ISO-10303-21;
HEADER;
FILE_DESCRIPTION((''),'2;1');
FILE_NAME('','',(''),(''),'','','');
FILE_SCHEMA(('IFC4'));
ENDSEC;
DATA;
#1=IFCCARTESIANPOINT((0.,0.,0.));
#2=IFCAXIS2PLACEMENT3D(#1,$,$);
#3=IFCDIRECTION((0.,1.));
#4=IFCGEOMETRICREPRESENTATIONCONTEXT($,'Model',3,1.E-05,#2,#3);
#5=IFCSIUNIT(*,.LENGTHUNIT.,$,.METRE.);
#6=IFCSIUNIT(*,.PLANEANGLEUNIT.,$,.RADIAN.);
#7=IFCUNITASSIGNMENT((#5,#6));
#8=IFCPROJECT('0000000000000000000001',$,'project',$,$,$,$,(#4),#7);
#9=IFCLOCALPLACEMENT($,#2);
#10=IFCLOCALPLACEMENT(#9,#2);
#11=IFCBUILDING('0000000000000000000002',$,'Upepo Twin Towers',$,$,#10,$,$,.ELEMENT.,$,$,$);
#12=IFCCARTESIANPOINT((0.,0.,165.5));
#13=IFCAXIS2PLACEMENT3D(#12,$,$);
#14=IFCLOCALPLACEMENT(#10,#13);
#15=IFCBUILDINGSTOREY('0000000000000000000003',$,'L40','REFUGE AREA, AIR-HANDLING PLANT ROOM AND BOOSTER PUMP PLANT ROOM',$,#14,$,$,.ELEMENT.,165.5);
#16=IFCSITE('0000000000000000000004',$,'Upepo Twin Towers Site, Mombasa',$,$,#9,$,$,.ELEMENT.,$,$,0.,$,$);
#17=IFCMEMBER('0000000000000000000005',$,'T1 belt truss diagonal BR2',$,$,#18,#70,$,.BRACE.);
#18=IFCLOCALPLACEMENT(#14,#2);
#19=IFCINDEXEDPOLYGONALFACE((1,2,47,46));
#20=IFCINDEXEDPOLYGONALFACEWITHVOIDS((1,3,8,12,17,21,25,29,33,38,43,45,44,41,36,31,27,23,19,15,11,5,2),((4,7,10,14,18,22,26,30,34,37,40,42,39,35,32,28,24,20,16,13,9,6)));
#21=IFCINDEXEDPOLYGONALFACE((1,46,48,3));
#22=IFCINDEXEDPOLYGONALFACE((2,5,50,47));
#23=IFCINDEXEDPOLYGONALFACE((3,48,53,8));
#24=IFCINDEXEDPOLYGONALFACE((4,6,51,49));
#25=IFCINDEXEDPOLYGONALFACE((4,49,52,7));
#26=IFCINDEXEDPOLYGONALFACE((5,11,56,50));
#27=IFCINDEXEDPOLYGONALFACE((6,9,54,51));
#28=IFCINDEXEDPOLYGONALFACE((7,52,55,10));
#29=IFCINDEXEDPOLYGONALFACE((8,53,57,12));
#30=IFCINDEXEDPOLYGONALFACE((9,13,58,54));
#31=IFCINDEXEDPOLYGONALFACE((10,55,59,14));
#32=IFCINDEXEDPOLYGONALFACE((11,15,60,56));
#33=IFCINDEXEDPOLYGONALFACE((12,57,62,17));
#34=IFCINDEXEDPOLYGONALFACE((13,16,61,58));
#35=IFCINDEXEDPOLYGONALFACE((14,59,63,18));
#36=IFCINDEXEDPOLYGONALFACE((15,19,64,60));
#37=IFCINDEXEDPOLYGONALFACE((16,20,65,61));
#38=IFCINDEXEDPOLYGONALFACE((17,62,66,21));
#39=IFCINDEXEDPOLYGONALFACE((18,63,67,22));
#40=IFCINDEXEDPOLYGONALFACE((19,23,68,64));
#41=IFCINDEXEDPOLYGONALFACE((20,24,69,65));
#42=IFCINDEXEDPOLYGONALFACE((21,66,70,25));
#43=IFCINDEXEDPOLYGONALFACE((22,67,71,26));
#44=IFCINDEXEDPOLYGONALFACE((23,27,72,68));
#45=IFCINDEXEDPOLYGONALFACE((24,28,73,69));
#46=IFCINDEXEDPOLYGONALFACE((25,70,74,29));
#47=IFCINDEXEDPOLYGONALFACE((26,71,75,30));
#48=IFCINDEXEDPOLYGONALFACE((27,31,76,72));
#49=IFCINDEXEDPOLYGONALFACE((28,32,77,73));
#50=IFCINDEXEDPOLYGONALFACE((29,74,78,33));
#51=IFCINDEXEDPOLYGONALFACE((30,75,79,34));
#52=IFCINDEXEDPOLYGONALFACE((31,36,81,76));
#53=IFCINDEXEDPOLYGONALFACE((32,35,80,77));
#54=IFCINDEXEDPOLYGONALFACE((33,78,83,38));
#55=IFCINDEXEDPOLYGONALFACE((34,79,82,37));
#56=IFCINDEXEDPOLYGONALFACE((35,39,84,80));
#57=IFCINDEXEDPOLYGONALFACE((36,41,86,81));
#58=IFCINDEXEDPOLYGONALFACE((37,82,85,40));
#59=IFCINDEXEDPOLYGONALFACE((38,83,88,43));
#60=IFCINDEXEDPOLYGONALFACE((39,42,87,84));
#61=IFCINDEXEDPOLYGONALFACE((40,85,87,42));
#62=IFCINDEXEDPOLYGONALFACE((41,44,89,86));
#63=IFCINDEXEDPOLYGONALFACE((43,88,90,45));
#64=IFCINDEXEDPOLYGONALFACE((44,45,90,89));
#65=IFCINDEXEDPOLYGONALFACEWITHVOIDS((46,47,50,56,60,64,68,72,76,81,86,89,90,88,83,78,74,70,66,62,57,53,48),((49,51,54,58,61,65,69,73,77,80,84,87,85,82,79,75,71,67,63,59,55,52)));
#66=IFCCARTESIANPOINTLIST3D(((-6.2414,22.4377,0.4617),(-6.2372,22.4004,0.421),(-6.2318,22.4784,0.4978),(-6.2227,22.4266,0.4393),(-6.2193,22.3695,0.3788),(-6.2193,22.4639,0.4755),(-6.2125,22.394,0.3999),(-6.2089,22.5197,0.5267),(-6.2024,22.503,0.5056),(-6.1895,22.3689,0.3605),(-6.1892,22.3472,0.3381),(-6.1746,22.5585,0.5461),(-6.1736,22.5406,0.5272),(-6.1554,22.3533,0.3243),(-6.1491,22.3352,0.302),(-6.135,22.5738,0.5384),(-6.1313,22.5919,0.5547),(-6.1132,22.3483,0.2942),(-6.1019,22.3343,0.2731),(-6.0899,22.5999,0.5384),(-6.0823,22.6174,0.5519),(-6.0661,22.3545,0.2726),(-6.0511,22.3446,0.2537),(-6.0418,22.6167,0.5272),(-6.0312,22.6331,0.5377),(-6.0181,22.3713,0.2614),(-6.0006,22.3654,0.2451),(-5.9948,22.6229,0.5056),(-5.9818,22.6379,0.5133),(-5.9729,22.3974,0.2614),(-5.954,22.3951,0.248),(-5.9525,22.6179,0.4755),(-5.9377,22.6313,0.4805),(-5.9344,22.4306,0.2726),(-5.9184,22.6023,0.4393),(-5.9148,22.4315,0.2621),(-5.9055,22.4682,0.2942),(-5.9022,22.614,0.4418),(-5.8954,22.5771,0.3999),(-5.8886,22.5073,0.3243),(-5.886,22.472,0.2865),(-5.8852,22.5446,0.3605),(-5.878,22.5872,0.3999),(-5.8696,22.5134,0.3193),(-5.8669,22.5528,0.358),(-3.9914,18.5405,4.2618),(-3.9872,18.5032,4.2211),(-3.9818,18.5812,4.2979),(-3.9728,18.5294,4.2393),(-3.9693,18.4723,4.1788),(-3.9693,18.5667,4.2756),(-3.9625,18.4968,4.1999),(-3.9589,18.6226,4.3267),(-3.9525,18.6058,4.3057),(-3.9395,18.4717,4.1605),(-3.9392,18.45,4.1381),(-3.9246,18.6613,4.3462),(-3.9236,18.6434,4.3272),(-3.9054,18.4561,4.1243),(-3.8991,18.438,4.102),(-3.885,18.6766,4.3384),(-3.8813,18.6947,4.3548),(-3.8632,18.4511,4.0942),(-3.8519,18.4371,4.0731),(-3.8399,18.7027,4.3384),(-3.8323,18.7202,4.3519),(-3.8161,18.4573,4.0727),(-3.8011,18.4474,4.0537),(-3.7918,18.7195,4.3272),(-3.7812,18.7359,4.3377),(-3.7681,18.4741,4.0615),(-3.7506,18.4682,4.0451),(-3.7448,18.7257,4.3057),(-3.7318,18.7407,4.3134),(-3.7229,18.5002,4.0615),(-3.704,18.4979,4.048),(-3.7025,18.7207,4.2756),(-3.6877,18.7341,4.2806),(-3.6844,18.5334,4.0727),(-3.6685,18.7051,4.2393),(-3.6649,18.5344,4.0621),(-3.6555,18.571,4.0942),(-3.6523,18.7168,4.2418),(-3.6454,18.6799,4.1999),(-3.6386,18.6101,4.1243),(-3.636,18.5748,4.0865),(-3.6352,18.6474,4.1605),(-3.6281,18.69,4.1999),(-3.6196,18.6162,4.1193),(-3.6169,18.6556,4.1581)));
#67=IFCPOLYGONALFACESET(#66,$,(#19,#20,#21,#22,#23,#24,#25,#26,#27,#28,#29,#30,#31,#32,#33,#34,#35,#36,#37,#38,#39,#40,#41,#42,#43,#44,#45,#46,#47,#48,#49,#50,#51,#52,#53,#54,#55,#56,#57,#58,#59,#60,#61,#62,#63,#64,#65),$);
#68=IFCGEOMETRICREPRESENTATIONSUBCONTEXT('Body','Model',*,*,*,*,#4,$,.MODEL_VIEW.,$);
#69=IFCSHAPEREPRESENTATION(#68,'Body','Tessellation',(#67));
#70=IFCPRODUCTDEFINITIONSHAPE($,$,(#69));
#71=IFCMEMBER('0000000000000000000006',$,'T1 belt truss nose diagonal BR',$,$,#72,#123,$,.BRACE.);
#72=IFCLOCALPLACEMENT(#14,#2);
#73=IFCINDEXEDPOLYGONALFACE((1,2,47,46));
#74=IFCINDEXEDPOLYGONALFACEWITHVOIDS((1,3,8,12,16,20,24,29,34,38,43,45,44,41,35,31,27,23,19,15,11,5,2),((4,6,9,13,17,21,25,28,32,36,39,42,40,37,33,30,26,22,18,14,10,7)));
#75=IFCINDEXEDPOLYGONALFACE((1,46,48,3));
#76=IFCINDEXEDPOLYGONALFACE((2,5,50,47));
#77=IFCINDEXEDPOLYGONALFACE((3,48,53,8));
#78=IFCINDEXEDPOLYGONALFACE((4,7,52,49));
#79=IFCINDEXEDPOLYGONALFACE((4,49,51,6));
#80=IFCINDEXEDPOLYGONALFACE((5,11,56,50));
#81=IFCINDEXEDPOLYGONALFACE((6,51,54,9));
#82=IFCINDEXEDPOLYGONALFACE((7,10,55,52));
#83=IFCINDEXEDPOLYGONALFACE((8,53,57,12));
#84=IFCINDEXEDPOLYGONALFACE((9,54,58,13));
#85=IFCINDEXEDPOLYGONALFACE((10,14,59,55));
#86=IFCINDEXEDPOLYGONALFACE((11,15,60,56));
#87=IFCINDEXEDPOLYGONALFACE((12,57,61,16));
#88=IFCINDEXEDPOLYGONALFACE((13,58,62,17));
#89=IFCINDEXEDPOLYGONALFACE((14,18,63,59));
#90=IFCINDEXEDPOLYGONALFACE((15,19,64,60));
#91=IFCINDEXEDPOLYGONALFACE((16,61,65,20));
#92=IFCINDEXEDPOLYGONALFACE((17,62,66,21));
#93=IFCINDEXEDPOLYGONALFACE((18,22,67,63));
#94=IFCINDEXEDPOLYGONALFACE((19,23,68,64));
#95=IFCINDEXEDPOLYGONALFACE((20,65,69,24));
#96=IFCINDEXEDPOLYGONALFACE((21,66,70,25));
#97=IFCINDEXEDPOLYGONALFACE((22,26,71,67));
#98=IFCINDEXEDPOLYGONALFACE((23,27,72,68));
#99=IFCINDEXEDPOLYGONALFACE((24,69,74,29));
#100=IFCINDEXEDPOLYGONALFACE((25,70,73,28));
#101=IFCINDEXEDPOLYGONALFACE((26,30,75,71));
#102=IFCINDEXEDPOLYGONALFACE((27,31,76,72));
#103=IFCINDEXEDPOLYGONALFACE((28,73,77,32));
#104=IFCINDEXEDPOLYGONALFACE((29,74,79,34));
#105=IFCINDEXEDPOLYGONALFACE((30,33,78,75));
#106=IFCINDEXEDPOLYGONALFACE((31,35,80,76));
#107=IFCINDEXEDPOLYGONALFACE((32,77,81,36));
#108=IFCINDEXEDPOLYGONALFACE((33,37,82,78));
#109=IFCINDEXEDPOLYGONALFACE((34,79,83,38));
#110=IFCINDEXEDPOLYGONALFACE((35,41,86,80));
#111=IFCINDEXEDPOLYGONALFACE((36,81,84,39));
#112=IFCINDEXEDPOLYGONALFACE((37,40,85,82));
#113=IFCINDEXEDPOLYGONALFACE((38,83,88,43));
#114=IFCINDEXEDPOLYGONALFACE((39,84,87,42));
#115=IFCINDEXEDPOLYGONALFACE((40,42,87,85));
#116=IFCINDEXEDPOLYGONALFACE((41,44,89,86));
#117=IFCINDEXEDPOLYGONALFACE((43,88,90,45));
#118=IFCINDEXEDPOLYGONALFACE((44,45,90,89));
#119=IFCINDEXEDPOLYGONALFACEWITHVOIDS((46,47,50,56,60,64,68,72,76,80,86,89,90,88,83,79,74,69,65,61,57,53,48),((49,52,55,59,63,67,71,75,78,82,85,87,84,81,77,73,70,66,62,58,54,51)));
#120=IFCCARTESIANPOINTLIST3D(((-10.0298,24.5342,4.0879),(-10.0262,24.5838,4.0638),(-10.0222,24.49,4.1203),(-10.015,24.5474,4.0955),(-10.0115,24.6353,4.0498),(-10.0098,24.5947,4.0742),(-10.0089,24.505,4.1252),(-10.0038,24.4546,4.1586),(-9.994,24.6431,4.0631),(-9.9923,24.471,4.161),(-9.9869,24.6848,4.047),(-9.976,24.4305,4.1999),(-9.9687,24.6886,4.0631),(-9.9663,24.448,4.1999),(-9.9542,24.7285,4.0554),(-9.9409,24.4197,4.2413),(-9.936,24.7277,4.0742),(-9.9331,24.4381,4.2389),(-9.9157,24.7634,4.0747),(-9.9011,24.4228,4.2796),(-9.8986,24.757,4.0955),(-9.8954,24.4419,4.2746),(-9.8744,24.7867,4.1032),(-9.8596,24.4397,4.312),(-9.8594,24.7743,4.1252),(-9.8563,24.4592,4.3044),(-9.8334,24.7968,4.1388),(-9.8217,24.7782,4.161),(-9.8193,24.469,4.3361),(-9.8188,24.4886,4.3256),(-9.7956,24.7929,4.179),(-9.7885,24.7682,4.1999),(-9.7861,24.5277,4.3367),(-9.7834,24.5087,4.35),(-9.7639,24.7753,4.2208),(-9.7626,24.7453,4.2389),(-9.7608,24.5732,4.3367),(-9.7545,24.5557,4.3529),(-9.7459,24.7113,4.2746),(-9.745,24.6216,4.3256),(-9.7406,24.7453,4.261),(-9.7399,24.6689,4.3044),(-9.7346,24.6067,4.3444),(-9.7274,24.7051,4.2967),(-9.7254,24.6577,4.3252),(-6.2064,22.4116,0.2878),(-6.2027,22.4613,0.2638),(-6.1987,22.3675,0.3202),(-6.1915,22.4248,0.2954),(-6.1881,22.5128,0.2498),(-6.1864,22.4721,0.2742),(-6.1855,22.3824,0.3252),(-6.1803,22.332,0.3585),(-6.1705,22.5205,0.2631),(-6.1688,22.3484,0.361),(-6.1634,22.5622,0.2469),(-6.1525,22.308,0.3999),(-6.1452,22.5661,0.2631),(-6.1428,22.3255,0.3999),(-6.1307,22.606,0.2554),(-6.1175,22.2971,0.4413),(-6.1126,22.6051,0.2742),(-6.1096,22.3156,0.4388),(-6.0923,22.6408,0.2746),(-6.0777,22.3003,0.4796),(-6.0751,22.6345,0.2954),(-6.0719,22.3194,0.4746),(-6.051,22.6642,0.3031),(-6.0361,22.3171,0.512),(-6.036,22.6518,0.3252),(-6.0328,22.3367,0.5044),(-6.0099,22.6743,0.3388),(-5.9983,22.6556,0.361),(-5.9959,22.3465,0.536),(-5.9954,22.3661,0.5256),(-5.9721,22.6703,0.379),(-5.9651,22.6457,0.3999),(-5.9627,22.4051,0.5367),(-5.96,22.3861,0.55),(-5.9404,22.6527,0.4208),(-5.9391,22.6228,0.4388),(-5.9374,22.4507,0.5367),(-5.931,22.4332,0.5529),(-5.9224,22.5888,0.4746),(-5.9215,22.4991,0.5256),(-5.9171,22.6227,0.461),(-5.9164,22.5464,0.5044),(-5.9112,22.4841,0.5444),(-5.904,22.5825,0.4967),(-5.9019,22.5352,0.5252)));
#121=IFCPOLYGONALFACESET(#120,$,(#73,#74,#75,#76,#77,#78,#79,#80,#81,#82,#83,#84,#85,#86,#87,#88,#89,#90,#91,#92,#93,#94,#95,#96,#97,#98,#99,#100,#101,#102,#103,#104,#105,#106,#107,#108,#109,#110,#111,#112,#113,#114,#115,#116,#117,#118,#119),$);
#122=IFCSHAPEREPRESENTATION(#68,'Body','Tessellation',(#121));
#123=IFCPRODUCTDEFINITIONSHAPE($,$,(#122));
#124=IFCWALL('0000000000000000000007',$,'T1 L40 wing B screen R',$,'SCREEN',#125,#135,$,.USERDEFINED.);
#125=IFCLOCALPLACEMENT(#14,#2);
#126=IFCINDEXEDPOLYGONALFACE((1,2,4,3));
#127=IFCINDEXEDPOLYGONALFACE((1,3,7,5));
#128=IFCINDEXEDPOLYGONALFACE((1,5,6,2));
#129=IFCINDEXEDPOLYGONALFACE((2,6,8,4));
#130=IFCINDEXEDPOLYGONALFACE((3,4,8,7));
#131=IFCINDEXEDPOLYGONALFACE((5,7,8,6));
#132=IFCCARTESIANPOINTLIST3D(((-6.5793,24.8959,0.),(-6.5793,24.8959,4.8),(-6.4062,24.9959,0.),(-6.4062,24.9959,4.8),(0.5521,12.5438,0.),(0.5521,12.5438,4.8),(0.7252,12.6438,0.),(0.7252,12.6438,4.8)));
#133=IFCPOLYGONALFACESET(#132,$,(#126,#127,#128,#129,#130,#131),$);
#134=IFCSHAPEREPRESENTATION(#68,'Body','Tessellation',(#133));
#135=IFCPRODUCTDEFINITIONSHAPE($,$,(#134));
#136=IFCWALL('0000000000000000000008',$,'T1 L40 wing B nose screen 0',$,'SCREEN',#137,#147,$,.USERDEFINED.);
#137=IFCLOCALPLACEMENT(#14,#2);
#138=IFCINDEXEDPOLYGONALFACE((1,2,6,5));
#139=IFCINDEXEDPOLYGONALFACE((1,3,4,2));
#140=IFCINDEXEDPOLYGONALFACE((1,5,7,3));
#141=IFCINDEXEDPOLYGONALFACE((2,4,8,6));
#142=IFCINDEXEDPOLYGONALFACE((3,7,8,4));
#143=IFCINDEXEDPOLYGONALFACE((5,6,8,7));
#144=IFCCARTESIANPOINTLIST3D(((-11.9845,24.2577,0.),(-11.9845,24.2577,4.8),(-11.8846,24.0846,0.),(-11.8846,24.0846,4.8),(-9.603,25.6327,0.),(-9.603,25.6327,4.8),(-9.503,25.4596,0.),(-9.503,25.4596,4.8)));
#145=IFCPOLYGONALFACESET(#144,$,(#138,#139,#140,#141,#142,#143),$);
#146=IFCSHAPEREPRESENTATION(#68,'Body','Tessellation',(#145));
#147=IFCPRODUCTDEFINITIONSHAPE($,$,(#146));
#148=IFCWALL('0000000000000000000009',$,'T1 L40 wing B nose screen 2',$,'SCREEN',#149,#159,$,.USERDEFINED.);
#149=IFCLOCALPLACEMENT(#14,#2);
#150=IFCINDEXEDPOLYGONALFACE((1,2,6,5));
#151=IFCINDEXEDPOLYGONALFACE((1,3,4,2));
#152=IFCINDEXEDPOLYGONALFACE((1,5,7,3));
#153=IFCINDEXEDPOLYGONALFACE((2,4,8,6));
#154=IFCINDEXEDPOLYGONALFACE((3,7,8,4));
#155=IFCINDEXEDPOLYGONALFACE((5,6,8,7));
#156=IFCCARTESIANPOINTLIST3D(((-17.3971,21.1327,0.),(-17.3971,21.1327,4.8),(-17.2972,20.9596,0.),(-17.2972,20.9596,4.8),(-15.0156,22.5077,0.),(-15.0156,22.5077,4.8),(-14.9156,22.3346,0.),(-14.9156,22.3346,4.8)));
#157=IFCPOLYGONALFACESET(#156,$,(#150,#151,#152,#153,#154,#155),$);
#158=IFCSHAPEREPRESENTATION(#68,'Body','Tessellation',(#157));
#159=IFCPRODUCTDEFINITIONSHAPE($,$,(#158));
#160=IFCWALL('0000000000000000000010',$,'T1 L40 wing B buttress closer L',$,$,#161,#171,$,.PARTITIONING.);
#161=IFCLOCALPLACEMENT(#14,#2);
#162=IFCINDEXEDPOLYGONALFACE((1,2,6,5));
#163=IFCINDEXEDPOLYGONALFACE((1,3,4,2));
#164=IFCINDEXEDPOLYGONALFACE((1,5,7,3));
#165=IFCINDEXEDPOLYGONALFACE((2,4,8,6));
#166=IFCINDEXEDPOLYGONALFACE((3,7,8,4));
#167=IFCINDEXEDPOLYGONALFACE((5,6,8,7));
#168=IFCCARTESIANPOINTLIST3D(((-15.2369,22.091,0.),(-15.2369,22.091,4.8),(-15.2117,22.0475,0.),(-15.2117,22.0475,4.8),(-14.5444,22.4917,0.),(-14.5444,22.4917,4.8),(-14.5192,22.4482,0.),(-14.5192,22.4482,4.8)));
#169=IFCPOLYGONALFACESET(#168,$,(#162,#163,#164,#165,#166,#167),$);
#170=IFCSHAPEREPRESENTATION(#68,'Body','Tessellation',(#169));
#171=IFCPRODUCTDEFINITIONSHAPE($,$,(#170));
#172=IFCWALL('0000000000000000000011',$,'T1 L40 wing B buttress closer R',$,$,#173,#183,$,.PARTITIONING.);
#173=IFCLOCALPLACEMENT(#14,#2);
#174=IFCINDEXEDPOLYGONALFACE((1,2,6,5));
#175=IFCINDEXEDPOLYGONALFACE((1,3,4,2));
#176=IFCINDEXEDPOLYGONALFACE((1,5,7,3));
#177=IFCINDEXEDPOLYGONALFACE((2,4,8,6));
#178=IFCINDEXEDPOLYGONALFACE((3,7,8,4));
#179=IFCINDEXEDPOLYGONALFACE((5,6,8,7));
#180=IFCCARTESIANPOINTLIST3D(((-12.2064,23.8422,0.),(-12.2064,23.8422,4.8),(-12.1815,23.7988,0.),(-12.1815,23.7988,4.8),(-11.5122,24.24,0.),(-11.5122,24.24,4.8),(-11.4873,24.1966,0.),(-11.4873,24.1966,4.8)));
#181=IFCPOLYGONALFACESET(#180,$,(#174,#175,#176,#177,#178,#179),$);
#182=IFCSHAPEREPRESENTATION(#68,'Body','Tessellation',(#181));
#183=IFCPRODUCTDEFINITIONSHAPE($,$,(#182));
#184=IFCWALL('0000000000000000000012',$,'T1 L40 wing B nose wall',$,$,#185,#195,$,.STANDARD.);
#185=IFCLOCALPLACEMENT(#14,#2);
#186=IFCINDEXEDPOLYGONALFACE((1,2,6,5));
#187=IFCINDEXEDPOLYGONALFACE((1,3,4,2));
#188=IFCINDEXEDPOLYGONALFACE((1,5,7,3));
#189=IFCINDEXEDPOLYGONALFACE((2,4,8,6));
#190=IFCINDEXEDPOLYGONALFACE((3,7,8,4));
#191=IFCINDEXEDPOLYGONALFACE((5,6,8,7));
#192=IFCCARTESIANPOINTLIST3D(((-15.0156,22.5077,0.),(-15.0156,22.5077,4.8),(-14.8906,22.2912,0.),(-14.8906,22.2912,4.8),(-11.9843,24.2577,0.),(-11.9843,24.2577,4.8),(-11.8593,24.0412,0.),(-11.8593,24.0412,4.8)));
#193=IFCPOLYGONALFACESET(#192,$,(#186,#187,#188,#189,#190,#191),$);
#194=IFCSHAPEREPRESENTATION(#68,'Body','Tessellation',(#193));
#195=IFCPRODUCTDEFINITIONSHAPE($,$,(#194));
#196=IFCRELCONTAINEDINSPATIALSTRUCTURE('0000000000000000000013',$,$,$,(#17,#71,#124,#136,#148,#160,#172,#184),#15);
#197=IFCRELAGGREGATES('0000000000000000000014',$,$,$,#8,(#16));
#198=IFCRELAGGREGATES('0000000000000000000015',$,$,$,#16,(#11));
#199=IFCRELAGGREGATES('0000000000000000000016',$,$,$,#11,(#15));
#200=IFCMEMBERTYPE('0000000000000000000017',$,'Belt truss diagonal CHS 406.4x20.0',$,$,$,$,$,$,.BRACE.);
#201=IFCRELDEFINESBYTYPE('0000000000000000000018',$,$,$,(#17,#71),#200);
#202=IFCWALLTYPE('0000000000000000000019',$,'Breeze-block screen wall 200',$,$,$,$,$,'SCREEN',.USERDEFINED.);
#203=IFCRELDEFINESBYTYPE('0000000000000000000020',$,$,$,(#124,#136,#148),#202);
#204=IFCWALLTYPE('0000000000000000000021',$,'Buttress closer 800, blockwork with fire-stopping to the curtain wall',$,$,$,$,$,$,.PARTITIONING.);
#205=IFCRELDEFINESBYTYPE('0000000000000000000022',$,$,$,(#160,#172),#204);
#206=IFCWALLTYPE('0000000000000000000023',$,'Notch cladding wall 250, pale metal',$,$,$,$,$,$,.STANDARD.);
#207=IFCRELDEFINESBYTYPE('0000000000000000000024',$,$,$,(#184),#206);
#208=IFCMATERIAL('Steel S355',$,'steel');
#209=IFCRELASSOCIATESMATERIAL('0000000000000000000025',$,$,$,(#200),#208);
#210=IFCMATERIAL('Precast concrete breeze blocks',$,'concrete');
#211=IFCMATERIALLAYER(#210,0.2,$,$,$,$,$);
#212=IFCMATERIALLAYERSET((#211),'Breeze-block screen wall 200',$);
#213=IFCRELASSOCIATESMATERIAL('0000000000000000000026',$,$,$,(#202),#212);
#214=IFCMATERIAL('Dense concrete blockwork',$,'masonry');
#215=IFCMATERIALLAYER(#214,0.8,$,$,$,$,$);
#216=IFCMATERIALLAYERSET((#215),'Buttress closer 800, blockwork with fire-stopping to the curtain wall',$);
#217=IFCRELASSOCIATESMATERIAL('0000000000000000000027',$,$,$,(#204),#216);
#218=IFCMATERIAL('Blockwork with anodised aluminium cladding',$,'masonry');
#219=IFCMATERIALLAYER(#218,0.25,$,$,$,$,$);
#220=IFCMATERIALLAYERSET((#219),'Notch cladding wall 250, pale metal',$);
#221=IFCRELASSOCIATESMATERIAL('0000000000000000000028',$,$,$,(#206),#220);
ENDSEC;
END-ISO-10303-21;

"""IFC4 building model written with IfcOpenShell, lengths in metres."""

from ifc_helpers import new_model, si_unit, direction, frame, frame_2d, origin, origin_2d, place, context, subcontext, project, spatial, rectangle, hollow_circle, extrude, material, layer, layer_set, material_profile, profile_set, type_object, element, save


model = new_model("IFC4")

# Units and contexts
model_context = context("Model", 3, precision=1e-05, world=origin(), true_north=direction((0.0, 1.0)))
body_context = subcontext(model_context, "Body", "Model", "MODEL_VIEW")
ifc_project = project(units=[si_unit("LENGTHUNIT", "METRE"), si_unit("PLANEANGLEUNIT", "RADIAN")], contexts=[model_context])

# Site, building, storey
site_placement = place(None, origin())
site = spatial("IfcSite", under=ifc_project, at=site_placement, Name="Upepo Twin Towers Site, Mombasa", CompositionType="ELEMENT", RefElevation=0.0)
building_placement = place(site_placement, origin())
building = spatial("IfcBuilding", under=site, at=building_placement, Name="Upepo Twin Towers", CompositionType="ELEMENT")
storey_placement = place(building_placement, frame((0.0, 0.0, 165.5)))
storey = spatial("IfcBuildingStorey", under=building, at=storey_placement, Name="L40", Description="REFUGE AREA, AIR-HANDLING PLANT ROOM AND BOOSTER PUMP PLANT ROOM", CompositionType="ELEMENT", Elevation=165.5)

# Members
ifc_material_1 = material(Name="Steel S355", Category="steel")
ifc_material_profile_1 = material_profile(ifc_material_1, hollow_circle(Radius=0.2031, WallThickness=0.02, at=origin_2d()), Name="CHS 406.4x20.0")
ifc_profile_set_1 = profile_set([ifc_material_profile_1], Name="Steel S355")
member_type = type_object("IfcMemberType", Name="Belt truss diagonal CHS 406.4x20.0", PredefinedType="BRACE", material=ifc_profile_set_1)
member_1_placement = place(storey_placement, frame((-6.054, 22.4856, 0.3999), z_axis=(0.382009, -0.661676, 0.645178), x_axis=(0.866031, 0.49999, 0.0)))
element("IfcMember", 1, at=member_1_placement, inside=storey, type_object=member_type, Name="T1 belt truss diagonal BR2", PredefinedType="BRACE", context=body_context, shape_type="SweptSolid", body=[
    extrude(hollow_circle(Radius=0.2031, WallThickness=0.02, at=origin_2d()), origin(), (0.0, 0.0, 1.0), 5.8899),
])
member_2_placement = place(storey_placement, frame((-6.054, 22.4856, 0.3999), z_axis=(-0.659961, 0.366369, 0.655916), x_axis=(-0.485363, -0.874313, 0.0)))
element("IfcMember", 2, at=member_2_placement, inside=storey, type_object=member_type, Name="T1 belt truss nose diagonal BR", PredefinedType="BRACE", context=body_context, shape_type="SweptSolid", body=[
    extrude(hollow_circle(Radius=0.2031, WallThickness=0.02, at=origin_2d()), origin(), (0.0, 0.0, 1.0), 5.7935),
])

# Walls
ifc_material_2 = material(Name="Precast concrete breeze blocks", Category="concrete")
ifc_layer_1 = layer(ifc_material_2, 0.2)
ifc_layer_set_1 = layer_set([ifc_layer_1], Name="Breeze-block screen wall 200")
wall_type_1 = type_object("IfcWallType", Name="Breeze-block screen wall 200", ElementType="SCREEN", PredefinedType="USERDEFINED", material=ifc_layer_set_1)
wall_1_placement = place(storey_placement, frame((-6.4927, 24.9458, 0.0), z_axis=(0.0, 0.0, 1.0), x_axis=(0.499994, -0.866029, 0.0)))
element("IfcWall", 3, at=wall_1_placement, inside=storey, type_object=wall_type_1, Name="T1 L40 wing B screen R", ObjectType="SCREEN", PredefinedType="USERDEFINED", context=body_context, shape_type="SweptSolid", body=[
    extrude(rectangle(XDim=14.2629, YDim=0.2, at=frame_2d((7.1313, 0.0))), origin(), (0.0, 0.0, 1.0), 4.8),
])
for number, where, z_axis, x_axis, name in (
    (4, (-9.553, 25.5461, 0.0), (0.0, 0.0, 1.0), (-0.866027, -0.499997, 0.0), "T1 L40 wing B nose screen 0"),
    (5, (-14.9656, 22.4211, 0.0), (0.0, 0.0, 1.0), (-0.866027, -0.499997, 0.0), "T1 L40 wing B nose screen 2"),
):
    element("IfcWall", number, at=place(storey_placement, frame(where, z_axis=z_axis, x_axis=x_axis)), inside=storey, type_object=wall_type_1, Name=name, ObjectType="SCREEN", PredefinedType="USERDEFINED", context=body_context, shape_type="SweptSolid", body=[
        extrude(rectangle(XDim=2.75, YDim=0.2, at=frame_2d((1.375, 0.0))), origin(), (0.0, 0.0, 1.0), 4.8),
    ])
ifc_material_3 = material(Name="Dense concrete blockwork", Category="masonry")
ifc_layer_2 = layer(ifc_material_3, 0.8)
ifc_layer_set_2 = layer_set([ifc_layer_2], Name="Buttress closer 800, blockwork with fire-stopping to the curtain wall")
wall_type_2 = type_object("IfcWallType", Name="Buttress closer 800, blockwork with fire-stopping to the curtain wall", PredefinedType="PARTITIONING", material=ifc_layer_set_2)
wall_2_placement = place(storey_placement, frame((-14.8655, 22.2478, 0.0), z_axis=(0.0, 0.0, 1.0), x_axis=(-0.500845, 0.865537, 0.0)))
element("IfcWall", 6, at=wall_2_placement, inside=storey, type_object=wall_type_2, Name="T1 L40 wing B buttress closer L", PredefinedType="PARTITIONING", context=body_context, shape_type="SweptSolid", body=[
    extrude(rectangle(XDim=0.0503, YDim=0.8, at=frame_2d((0.0251, 0.0))), origin(), (0.0, 0.0, 1.0), 4.8),
])
wall_3_placement = place(storey_placement, frame((-11.8345, 23.9978, 0.0), z_axis=(0.0, 0.0, 1.0), x_axis=(-0.497188, 0.867643, 0.0)))
element("IfcWall", 7, at=wall_3_placement, inside=storey, type_object=wall_type_2, Name="T1 L40 wing B buttress closer R", PredefinedType="PARTITIONING", context=body_context, shape_type="SweptSolid", body=[
    extrude(rectangle(XDim=0.05, YDim=0.8, at=frame_2d((0.0249, 0.0))), origin(), (0.0, 0.0, 1.0), 4.8),
])
ifc_material_4 = material(Name="Blockwork with anodised aluminium cladding", Category="masonry")
ifc_layer_3 = layer(ifc_material_4, 0.25)
ifc_layer_set_3 = layer_set([ifc_layer_3], Name="Notch cladding wall 250, pale metal")
wall_type_3 = type_object("IfcWallType", Name="Notch cladding wall 250, pale metal", PredefinedType="STANDARD", material=ifc_layer_set_3)
wall_4_placement = place(storey_placement, frame((-11.9219, 24.1494, 0.0), z_axis=(0.0, 0.0, 1.0), x_axis=(-0.866037, -0.49998, 0.0)))
element("IfcWall", 8, at=wall_4_placement, inside=storey, type_object=wall_type_3, Name="T1 L40 wing B nose wall", PredefinedType="STANDARD", context=body_context, shape_type="SweptSolid", body=[
    extrude(rectangle(XDim=3.5002, YDim=0.25, at=frame_2d((1.75, 0.0))), origin(), (0.0, 0.0, 1.0), 4.8),
])

save(model, "model.ifc")
